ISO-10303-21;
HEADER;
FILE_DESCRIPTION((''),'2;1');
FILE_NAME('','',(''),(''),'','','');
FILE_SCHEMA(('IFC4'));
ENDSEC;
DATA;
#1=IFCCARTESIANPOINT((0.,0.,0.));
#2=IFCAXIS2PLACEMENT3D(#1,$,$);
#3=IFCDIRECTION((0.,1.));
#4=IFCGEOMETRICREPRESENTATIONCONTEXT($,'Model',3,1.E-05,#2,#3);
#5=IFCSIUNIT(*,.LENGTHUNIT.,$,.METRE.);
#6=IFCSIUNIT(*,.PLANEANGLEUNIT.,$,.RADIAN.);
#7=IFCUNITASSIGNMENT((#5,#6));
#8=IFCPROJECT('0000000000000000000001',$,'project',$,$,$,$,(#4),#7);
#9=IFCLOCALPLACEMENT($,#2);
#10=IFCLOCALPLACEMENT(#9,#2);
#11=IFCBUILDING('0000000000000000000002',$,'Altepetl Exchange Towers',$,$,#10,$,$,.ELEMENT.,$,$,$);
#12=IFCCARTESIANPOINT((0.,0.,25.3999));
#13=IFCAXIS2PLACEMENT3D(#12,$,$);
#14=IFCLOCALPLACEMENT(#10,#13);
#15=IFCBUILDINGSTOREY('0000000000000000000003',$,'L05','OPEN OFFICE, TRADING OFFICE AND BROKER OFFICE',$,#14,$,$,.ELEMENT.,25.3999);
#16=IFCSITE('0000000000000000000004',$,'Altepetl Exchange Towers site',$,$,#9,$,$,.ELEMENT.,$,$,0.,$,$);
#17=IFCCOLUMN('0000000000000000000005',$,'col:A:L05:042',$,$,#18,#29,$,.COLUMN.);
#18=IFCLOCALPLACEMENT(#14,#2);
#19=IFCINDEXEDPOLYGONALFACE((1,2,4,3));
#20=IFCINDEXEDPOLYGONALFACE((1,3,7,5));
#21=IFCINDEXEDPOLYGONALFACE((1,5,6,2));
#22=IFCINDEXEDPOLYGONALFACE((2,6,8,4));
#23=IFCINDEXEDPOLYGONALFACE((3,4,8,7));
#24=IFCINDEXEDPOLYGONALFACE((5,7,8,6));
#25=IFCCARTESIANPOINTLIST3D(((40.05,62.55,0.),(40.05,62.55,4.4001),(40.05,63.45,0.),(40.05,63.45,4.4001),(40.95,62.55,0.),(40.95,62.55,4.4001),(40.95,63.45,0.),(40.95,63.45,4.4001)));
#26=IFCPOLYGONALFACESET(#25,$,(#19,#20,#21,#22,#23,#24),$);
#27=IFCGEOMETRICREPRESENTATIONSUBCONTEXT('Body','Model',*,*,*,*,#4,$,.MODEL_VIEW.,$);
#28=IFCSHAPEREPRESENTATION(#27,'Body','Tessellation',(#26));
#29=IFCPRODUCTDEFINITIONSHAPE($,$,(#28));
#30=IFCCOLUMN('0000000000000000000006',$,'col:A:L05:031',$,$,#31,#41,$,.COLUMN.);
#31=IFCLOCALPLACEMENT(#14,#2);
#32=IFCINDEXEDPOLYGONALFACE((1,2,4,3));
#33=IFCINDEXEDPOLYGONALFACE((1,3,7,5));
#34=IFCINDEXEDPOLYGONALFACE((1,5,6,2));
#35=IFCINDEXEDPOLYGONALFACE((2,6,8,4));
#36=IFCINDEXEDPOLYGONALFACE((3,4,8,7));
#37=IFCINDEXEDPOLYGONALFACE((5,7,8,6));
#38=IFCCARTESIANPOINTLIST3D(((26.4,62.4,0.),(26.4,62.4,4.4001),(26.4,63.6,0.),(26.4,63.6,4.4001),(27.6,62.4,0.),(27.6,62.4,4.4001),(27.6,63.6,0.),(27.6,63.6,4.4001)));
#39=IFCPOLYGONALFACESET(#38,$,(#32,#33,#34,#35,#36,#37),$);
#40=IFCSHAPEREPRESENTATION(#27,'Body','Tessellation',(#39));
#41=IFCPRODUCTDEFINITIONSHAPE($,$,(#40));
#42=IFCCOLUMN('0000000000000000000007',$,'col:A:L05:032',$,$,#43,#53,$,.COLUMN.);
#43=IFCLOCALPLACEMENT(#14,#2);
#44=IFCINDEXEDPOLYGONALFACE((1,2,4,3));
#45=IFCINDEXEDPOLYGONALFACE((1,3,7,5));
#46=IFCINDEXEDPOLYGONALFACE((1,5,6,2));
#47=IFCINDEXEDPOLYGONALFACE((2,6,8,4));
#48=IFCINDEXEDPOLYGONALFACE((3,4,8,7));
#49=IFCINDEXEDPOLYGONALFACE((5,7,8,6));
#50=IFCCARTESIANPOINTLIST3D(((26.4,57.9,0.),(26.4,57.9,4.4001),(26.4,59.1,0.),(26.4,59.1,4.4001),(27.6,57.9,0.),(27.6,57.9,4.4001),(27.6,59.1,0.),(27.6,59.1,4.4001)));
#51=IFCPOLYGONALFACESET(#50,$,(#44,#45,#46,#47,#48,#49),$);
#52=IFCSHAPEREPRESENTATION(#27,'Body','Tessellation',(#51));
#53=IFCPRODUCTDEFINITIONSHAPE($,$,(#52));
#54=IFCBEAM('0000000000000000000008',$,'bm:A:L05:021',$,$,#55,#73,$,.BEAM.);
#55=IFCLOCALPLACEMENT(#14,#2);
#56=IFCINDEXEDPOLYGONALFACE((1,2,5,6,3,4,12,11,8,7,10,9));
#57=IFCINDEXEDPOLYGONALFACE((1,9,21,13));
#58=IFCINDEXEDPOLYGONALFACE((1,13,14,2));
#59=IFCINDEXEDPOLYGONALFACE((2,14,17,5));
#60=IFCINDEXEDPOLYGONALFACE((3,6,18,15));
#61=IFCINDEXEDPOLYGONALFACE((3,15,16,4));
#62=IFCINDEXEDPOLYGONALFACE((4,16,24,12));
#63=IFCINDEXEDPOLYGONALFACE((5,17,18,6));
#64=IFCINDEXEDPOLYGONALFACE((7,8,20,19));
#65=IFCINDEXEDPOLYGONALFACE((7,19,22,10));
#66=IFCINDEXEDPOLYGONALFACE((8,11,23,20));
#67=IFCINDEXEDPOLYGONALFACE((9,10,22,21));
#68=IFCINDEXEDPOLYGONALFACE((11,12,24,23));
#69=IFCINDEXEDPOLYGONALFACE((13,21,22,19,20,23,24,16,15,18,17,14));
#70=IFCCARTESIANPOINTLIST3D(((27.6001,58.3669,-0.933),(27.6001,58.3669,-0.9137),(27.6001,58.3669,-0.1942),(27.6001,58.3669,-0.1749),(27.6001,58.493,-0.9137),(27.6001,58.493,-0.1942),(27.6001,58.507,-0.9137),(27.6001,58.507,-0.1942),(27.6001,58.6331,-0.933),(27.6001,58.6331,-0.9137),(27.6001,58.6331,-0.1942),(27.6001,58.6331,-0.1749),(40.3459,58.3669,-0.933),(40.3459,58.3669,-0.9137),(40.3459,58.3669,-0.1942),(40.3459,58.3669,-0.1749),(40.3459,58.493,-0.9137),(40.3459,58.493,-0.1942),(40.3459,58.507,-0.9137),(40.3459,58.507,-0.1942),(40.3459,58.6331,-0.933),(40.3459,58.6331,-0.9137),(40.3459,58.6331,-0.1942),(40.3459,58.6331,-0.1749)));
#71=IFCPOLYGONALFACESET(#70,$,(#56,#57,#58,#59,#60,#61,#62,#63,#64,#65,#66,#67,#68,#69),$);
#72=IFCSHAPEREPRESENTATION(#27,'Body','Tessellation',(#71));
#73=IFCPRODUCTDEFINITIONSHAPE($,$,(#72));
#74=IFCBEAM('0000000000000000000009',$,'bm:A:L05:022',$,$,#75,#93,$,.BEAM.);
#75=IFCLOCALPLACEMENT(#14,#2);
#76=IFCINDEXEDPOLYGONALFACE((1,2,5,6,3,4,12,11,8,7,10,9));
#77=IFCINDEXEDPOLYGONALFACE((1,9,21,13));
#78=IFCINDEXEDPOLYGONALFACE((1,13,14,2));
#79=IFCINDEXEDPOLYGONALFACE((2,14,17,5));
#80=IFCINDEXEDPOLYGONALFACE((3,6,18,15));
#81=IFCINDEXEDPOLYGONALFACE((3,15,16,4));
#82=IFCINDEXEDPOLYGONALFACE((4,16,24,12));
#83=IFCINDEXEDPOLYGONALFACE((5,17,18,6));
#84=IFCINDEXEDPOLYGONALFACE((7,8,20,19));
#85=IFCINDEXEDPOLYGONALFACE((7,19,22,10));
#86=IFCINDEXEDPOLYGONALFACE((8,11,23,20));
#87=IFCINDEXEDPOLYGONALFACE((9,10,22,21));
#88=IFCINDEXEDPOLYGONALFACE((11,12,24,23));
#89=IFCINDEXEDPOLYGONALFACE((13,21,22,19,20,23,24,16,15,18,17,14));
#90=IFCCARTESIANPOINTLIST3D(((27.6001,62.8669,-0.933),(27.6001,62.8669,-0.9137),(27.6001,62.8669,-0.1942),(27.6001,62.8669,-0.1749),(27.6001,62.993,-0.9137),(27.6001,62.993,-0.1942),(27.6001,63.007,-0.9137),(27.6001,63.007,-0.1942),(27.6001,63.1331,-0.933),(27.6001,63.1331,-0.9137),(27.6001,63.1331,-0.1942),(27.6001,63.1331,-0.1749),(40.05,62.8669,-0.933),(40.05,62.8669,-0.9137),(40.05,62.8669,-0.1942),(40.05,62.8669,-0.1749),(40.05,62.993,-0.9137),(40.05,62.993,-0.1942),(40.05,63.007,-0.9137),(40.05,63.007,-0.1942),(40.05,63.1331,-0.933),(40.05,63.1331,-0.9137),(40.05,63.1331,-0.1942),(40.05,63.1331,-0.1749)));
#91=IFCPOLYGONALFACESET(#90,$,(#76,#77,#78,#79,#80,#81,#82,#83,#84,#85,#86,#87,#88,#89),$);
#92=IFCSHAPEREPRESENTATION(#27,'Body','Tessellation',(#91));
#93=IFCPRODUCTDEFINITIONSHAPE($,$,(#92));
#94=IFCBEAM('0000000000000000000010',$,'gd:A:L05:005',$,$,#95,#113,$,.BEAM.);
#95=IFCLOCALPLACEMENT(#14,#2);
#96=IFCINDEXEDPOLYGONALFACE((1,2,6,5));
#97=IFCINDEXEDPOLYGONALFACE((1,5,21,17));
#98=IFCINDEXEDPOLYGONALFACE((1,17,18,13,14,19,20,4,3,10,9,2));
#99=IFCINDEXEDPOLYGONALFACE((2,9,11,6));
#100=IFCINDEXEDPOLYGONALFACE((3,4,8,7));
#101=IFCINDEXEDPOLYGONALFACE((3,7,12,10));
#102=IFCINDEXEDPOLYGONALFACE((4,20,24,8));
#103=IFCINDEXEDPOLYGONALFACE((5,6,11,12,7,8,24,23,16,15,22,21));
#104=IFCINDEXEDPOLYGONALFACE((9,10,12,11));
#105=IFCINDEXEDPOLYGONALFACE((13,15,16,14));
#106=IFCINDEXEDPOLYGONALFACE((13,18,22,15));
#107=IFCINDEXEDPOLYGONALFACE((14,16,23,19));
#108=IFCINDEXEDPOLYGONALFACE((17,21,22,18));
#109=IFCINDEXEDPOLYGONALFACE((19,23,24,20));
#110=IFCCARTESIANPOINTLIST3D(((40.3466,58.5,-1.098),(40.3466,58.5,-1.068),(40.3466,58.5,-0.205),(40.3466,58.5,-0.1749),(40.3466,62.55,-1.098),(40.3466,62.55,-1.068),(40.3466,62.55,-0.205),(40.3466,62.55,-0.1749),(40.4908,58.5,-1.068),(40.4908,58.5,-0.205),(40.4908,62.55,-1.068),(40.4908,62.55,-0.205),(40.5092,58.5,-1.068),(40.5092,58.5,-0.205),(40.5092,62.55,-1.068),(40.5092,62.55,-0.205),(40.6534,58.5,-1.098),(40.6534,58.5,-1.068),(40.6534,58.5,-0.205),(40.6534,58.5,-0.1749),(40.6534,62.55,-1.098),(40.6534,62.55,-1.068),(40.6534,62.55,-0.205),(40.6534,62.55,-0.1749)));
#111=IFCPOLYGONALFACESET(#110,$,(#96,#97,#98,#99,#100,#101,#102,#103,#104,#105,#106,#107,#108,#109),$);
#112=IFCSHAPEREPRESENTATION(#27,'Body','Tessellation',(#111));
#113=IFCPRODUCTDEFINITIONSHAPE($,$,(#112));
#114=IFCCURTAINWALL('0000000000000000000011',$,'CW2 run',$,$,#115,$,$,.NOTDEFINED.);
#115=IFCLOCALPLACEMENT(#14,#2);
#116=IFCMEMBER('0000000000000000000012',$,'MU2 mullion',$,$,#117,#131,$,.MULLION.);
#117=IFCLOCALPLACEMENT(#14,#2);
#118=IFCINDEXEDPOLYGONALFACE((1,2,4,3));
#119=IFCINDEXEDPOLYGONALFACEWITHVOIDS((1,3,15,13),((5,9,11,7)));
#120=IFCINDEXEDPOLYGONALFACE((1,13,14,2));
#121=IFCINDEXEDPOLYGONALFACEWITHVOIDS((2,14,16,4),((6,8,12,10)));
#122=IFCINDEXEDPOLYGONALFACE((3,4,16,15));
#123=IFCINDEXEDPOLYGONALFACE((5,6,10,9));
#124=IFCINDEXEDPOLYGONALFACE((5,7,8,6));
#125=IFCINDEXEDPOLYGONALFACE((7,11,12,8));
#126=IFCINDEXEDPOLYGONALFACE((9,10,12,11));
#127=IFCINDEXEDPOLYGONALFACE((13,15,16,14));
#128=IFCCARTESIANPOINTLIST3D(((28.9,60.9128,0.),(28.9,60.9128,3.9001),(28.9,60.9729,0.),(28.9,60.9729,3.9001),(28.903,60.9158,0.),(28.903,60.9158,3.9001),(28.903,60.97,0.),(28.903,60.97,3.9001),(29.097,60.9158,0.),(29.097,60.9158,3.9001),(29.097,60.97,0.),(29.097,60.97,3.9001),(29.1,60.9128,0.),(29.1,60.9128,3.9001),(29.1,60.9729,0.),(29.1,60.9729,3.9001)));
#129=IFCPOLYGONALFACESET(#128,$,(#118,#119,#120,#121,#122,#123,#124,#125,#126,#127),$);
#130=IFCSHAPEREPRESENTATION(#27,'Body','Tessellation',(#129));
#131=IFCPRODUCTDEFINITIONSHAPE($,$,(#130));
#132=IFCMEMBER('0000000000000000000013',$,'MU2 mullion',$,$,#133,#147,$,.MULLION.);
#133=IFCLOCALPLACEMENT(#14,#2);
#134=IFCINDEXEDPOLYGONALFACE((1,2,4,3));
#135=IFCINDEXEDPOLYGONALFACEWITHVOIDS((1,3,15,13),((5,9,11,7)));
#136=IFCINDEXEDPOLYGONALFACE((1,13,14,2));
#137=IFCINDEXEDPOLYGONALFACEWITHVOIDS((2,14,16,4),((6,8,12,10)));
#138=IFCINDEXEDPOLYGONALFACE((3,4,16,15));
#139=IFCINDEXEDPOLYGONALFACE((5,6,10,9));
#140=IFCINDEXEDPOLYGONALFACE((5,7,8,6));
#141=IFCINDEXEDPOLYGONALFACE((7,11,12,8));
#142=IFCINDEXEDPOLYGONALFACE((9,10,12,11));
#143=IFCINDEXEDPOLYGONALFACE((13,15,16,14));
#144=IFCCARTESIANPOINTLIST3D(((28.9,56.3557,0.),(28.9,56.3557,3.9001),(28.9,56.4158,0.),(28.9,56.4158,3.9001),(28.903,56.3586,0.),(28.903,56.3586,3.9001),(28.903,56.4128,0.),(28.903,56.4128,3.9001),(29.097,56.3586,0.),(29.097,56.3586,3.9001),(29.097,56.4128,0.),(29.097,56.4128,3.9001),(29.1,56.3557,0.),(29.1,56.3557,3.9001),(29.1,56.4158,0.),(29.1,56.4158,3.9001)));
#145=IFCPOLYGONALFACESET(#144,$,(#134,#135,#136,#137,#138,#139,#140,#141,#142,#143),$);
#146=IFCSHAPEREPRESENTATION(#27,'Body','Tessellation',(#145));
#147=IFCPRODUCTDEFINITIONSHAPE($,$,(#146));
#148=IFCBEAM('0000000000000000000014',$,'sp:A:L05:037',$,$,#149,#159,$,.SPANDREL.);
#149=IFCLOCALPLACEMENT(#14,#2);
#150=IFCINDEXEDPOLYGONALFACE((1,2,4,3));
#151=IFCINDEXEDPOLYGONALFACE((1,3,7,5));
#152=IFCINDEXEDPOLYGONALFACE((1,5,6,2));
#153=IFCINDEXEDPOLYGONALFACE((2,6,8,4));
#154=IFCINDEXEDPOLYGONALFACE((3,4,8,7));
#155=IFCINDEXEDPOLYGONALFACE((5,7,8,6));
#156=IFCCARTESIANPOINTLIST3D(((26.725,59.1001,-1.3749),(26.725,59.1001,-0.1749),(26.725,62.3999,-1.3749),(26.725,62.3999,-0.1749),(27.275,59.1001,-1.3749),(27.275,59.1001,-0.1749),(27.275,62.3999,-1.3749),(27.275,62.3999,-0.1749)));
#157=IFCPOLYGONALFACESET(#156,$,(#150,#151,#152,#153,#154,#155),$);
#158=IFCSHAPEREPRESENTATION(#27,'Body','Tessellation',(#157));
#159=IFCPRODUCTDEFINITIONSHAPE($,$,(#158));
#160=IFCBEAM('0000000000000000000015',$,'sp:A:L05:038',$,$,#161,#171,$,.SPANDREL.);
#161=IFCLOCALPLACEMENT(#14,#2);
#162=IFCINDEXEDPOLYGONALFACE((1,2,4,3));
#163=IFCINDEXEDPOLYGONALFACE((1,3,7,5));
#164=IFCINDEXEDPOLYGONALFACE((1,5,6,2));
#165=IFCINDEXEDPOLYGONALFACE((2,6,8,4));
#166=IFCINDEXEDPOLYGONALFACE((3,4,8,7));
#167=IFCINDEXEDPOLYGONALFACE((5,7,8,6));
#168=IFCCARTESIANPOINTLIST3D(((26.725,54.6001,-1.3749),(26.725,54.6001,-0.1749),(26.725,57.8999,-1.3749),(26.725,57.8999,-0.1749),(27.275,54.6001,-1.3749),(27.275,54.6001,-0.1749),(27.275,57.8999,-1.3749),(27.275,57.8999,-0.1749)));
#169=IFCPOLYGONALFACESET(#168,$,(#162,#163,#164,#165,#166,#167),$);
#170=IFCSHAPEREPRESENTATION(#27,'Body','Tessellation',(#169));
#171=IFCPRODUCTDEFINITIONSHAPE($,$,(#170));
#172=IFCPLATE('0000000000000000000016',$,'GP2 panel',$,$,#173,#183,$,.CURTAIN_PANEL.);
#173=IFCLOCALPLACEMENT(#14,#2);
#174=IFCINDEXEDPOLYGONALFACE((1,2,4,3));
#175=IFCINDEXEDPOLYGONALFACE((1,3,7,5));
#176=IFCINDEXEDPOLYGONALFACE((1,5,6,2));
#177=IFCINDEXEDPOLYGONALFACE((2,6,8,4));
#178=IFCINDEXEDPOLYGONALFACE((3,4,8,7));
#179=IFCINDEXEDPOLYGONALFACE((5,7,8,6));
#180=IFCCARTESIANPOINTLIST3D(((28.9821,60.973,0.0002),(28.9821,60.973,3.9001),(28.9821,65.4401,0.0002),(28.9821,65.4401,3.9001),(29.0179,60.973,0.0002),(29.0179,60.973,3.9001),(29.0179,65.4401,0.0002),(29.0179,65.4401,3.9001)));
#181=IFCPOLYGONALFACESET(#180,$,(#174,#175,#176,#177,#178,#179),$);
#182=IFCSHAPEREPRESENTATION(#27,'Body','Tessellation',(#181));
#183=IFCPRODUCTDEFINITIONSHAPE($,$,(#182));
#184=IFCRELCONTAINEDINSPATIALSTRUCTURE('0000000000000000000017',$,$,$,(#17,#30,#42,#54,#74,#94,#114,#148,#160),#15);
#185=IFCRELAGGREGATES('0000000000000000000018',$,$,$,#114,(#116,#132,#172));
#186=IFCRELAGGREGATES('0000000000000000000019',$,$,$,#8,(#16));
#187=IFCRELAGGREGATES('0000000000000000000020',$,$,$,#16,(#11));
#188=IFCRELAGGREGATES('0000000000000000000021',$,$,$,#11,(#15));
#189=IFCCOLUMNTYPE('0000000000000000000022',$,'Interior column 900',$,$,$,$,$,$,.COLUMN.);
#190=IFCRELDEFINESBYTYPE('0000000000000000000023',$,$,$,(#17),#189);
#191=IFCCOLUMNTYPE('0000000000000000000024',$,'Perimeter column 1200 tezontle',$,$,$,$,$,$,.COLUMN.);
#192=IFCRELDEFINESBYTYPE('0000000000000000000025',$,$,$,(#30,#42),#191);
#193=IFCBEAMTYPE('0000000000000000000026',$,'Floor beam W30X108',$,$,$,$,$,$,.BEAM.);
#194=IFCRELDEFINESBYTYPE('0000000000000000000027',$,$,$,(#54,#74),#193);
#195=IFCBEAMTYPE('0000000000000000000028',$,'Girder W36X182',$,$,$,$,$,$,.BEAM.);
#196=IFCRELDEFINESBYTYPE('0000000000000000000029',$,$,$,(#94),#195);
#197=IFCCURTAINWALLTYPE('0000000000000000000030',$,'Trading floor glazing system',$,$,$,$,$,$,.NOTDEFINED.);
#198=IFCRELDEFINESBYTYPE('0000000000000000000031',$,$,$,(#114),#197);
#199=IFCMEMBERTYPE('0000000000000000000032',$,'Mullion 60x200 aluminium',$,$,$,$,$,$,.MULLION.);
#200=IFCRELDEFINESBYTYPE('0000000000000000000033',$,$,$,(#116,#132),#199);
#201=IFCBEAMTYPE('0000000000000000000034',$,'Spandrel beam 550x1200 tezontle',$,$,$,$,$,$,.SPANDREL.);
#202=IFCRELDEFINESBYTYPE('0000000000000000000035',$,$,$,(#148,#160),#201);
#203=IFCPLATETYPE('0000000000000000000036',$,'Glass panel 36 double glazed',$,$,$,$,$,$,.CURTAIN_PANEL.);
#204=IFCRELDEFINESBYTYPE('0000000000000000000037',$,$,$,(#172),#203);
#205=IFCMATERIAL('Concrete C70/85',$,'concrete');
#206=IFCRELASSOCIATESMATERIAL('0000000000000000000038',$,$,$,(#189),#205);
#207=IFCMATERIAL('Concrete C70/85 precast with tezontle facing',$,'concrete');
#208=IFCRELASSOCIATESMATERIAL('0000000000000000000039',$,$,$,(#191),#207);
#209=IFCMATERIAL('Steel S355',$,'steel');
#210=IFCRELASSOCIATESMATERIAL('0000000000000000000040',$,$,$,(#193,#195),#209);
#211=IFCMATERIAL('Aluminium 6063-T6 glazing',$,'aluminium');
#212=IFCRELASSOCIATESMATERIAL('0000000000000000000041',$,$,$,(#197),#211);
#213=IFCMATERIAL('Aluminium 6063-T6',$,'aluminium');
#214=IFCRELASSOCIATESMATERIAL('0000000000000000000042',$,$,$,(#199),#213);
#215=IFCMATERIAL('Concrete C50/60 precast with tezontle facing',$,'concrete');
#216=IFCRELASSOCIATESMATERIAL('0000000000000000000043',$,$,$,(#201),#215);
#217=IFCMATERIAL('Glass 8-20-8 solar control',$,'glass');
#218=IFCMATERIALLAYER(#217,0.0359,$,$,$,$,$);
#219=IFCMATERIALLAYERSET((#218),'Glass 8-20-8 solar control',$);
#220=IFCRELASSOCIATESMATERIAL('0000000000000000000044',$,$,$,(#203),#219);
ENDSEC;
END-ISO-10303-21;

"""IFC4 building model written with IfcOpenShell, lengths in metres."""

from ifc_helpers import new_model, si_unit, direction, frame, origin, origin_2d, place, context, subcontext, project, spatial, rectangle, hollow_rectangle, i_section, extrude, material, layer, layer_set, material_profile, profile_set, type_object, element, aggregate, save


model = new_model("IFC4")

# Units and contexts
model_context = context("Model", 3, precision=1e-05, world=origin(), true_north=direction((0.0, 1.0)))
body_context = subcontext(model_context, "Body", "Model", "MODEL_VIEW")
ifc_project = project(units=[si_unit("LENGTHUNIT", "METRE"), si_unit("PLANEANGLEUNIT", "RADIAN")], contexts=[model_context])

# Site, building, storey
site_placement = place(None, origin())
site = spatial("IfcSite", under=ifc_project, at=site_placement, Name="Altepetl Exchange Towers site", CompositionType="ELEMENT", RefElevation=0.0)
building_placement = place(site_placement, origin())
building = spatial("IfcBuilding", under=site, at=building_placement, Name="Altepetl Exchange Towers", CompositionType="ELEMENT")
storey_placement = place(building_placement, frame((0.0, 0.0, 25.3999)))
storey = spatial("IfcBuildingStorey", under=building, at=storey_placement, Name="L05", Description="OPEN OFFICE, TRADING OFFICE AND BROKER OFFICE", CompositionType="ELEMENT", Elevation=25.3999)

# Columns
ifc_material_1 = material(Name="Concrete C70/85", Category="concrete")
ifc_material_profile_1 = material_profile(ifc_material_1, rectangle(XDim=0.8999, YDim=0.8999, at=origin_2d()), Name="900 x 900")
ifc_profile_set_1 = profile_set([ifc_material_profile_1], Name="Concrete C70/85")
column_type_1 = type_object("IfcColumnType", Name="Interior column 900", PredefinedType="COLUMN", material=ifc_profile_set_1)
column_placement = place(storey_placement, frame((40.5, 63.0, 0.0)))
element("IfcColumn", 1, at=column_placement, inside=storey, type_object=column_type_1, Name="col:A:L05:042", PredefinedType="COLUMN", context=body_context, shape_type="SweptSolid", body=[
    extrude(rectangle(XDim=0.8999, YDim=0.8999, at=origin_2d()), origin(), (0.0, 0.0, 1.0), 4.4001),
])
ifc_material_2 = material(Name="Concrete C70/85 precast with tezontle facing", Category="concrete")
ifc_material_profile_2 = material_profile(ifc_material_2, rectangle(XDim=1.2, YDim=1.2, at=origin_2d()), Name="1200 x 1200")
ifc_profile_set_2 = profile_set([ifc_material_profile_2], Name="Concrete C70/85 precast with tezontle facing")
column_type_2 = type_object("IfcColumnType", Name="Perimeter column 1200 tezontle", PredefinedType="COLUMN", material=ifc_profile_set_2)
for number, where, name in (
    (2, (27.0, 63.0, 0.0), "col:A:L05:031"),
    (3, (27.0, 58.5, 0.0), "col:A:L05:032"),
):
    element("IfcColumn", number, at=place(storey_placement, frame(where)), inside=storey, type_object=column_type_2, Name=name, PredefinedType="COLUMN", context=body_context, shape_type="SweptSolid", body=[
        extrude(rectangle(XDim=1.2, YDim=1.2, at=origin_2d()), origin(), (0.0, 0.0, 1.0), 4.4001),
    ])

# Beams
ifc_material_3 = material(Name="Steel S355", Category="steel")
ifc_material_profile_3 = material_profile(ifc_material_3, i_section(OverallWidth=0.2661, OverallDepth=0.7581, WebThickness=0.0139, FlangeThickness=0.0193, at=origin_2d()), Name="W30X108")
ifc_profile_set_3 = profile_set([ifc_material_profile_3], Name="Steel S355")
beam_type_1 = type_object("IfcBeamType", Name="Floor beam W30X108", PredefinedType="BEAM", material=ifc_profile_set_3)
beam_1_placement = place(storey_placement, frame((27.6001, 58.5, -0.554), z_axis=(1.0, 0.0, 0.0), x_axis=(0.0, 1.0, 0.0)))
element("IfcBeam", 4, at=beam_1_placement, inside=storey, type_object=beam_type_1, Name="bm:A:L05:021", PredefinedType="BEAM", context=body_context, shape_type="SweptSolid", body=[
    extrude(i_section(OverallWidth=0.2661, OverallDepth=0.7581, WebThickness=0.0139, FlangeThickness=0.0193, at=origin_2d()), origin(), (0.0, 0.0, 1.0), 12.7458),
])
beam_2_placement = place(storey_placement, frame((27.6001, 63.0, -0.554), z_axis=(1.0, 0.0, 0.0), x_axis=(0.0, 1.0, 0.0)))
element("IfcBeam", 5, at=beam_2_placement, inside=storey, type_object=beam_type_1, Name="bm:A:L05:022", PredefinedType="BEAM", context=body_context, shape_type="SweptSolid", body=[
    extrude(i_section(OverallWidth=0.2661, OverallDepth=0.7581, WebThickness=0.0139, FlangeThickness=0.0193, at=origin_2d()), origin(), (0.0, 0.0, 1.0), 12.45),
])
ifc_material_profile_4 = material_profile(ifc_material_3, i_section(OverallWidth=0.3069, OverallDepth=0.9231, WebThickness=0.0183, FlangeThickness=0.03, at=origin_2d()), Name="W36X182")
ifc_profile_set_4 = profile_set([ifc_material_profile_4], Name="Steel S355")
beam_type_2 = type_object("IfcBeamType", Name="Girder W36X182", PredefinedType="BEAM", material=ifc_profile_set_4)
beam_3_placement = place(storey_placement, frame((40.5, 62.55, -0.6365), z_axis=(0.0, -1.0, 0.0), x_axis=(1.0, 0.0, 0.0)))
element("IfcBeam", 6, at=beam_3_placement, inside=storey, type_object=beam_type_2, Name="gd:A:L05:005", PredefinedType="BEAM", context=body_context, shape_type="SweptSolid", body=[
    extrude(i_section(OverallWidth=0.3069, OverallDepth=0.9231, WebThickness=0.0183, FlangeThickness=0.03, at=origin_2d()), origin(), (0.0, 0.0, 1.0), 4.05),
])

# Curtain wall, members
ifc_material_4 = material(Name="Aluminium 6063-T6 glazing", Category="aluminium")
curtain_wall_type = type_object("IfcCurtainWallType", Name="Trading floor glazing system", PredefinedType="NOTDEFINED", material=ifc_material_4)
curtain_wall_placement = place(storey_placement, origin())
curtain_wall = element("IfcCurtainWall", 7, at=curtain_wall_placement, inside=storey, type_object=curtain_wall_type, Name="CW2 run", PredefinedType="NOTDEFINED")
ifc_material_5 = material(Name="Aluminium 6063-T6", Category="aluminium")
ifc_material_profile_5 = material_profile(ifc_material_5, hollow_rectangle(XDim=0.0601, YDim=0.2, WallThickness=0.0029, at=origin_2d()), Name="Mullion 60x200 aluminium")
ifc_profile_set_5 = profile_set([ifc_material_profile_5], Name="Aluminium 6063-T6")
member_type = type_object("IfcMemberType", Name="Mullion 60x200 aluminium", PredefinedType="MULLION", material=ifc_profile_set_5)
member_1_placement = place(storey_placement, frame((29.0, 60.9429, 0.0), z_axis=(0.0, 0.0, 1.0), x_axis=(0.0, -1.0, 0.0)))
member_1 = element("IfcMember", 8, at=member_1_placement, type_object=member_type, Name="MU2 mullion", PredefinedType="MULLION", context=body_context, shape_type="SweptSolid", body=[
    extrude(hollow_rectangle(XDim=0.0601, YDim=0.2, WallThickness=0.0029, at=origin_2d()), origin(), (0.0, 0.0, 1.0), 3.9001),
])
member_2_placement = place(storey_placement, frame((29.0, 56.3857, 0.0), z_axis=(0.0, 0.0, 1.0), x_axis=(0.0, -1.0, 0.0)))
member_2 = element("IfcMember", 9, at=member_2_placement, type_object=member_type, Name="MU2 mullion", PredefinedType="MULLION", context=body_context, shape_type="SweptSolid", body=[
    extrude(hollow_rectangle(XDim=0.0601, YDim=0.2, WallThickness=0.0029, at=origin_2d()), origin(), (0.0, 0.0, 1.0), 3.9001),
])

# Beams
ifc_material_6 = material(Name="Concrete C50/60 precast with tezontle facing", Category="concrete")
ifc_material_profile_6 = material_profile(ifc_material_6, rectangle(XDim=0.55, YDim=1.2, at=origin_2d()), Name="550 x 1200")
ifc_profile_set_6 = profile_set([ifc_material_profile_6], Name="Concrete C50/60 precast with tezontle facing")
beam_type_3 = type_object("IfcBeamType", Name="Spandrel beam 550x1200 tezontle", PredefinedType="SPANDREL", material=ifc_profile_set_6)
for number, where, z_axis, x_axis, name in (
    (10, (27.0, 62.3999, -0.7749), (0.0, -1.0, 0.0), (1.0, 0.0, 0.0), "sp:A:L05:037"),
    (11, (27.0, 57.8999, -0.7749), (0.0, -1.0, 0.0), (1.0, 0.0, 0.0), "sp:A:L05:038"),
):
    element("IfcBeam", number, at=place(storey_placement, frame(where, z_axis=z_axis, x_axis=x_axis)), inside=storey, type_object=beam_type_3, Name=name, PredefinedType="SPANDREL", context=body_context, shape_type="SweptSolid", body=[
        extrude(rectangle(XDim=0.55, YDim=1.2, at=origin_2d()), origin(), (0.0, 0.0, 1.0), 3.2998),
    ])

# Plate
ifc_material_7 = material(Name="Glass 8-20-8 solar control", Category="glass")
ifc_layer_1 = layer(ifc_material_7, 0.0359)
ifc_layer_set_1 = layer_set([ifc_layer_1], Name="Glass 8-20-8 solar control")
plate_type = type_object("IfcPlateType", Name="Glass panel 36 double glazed", PredefinedType="CURTAIN_PANEL", material=ifc_layer_set_1)
plate_1_placement = place(storey_placement, frame((29.0, 63.2065, 0.0002), z_axis=(0.0, 0.0, 1.0), x_axis=(0.0, -1.0, 0.0)))
plate_1 = element("IfcPlate", 12, at=plate_1_placement, type_object=plate_type, Name="GP2 panel", PredefinedType="CURTAIN_PANEL", context=body_context, shape_type="SweptSolid", body=[
    extrude(rectangle(XDim=4.467, YDim=0.0359, at=origin_2d()), origin(), (0.0, 0.0, 1.0), 3.8999),
])
aggregate(curtain_wall, [member_1, member_2, plate_1])

save(model, "model.ifc")
